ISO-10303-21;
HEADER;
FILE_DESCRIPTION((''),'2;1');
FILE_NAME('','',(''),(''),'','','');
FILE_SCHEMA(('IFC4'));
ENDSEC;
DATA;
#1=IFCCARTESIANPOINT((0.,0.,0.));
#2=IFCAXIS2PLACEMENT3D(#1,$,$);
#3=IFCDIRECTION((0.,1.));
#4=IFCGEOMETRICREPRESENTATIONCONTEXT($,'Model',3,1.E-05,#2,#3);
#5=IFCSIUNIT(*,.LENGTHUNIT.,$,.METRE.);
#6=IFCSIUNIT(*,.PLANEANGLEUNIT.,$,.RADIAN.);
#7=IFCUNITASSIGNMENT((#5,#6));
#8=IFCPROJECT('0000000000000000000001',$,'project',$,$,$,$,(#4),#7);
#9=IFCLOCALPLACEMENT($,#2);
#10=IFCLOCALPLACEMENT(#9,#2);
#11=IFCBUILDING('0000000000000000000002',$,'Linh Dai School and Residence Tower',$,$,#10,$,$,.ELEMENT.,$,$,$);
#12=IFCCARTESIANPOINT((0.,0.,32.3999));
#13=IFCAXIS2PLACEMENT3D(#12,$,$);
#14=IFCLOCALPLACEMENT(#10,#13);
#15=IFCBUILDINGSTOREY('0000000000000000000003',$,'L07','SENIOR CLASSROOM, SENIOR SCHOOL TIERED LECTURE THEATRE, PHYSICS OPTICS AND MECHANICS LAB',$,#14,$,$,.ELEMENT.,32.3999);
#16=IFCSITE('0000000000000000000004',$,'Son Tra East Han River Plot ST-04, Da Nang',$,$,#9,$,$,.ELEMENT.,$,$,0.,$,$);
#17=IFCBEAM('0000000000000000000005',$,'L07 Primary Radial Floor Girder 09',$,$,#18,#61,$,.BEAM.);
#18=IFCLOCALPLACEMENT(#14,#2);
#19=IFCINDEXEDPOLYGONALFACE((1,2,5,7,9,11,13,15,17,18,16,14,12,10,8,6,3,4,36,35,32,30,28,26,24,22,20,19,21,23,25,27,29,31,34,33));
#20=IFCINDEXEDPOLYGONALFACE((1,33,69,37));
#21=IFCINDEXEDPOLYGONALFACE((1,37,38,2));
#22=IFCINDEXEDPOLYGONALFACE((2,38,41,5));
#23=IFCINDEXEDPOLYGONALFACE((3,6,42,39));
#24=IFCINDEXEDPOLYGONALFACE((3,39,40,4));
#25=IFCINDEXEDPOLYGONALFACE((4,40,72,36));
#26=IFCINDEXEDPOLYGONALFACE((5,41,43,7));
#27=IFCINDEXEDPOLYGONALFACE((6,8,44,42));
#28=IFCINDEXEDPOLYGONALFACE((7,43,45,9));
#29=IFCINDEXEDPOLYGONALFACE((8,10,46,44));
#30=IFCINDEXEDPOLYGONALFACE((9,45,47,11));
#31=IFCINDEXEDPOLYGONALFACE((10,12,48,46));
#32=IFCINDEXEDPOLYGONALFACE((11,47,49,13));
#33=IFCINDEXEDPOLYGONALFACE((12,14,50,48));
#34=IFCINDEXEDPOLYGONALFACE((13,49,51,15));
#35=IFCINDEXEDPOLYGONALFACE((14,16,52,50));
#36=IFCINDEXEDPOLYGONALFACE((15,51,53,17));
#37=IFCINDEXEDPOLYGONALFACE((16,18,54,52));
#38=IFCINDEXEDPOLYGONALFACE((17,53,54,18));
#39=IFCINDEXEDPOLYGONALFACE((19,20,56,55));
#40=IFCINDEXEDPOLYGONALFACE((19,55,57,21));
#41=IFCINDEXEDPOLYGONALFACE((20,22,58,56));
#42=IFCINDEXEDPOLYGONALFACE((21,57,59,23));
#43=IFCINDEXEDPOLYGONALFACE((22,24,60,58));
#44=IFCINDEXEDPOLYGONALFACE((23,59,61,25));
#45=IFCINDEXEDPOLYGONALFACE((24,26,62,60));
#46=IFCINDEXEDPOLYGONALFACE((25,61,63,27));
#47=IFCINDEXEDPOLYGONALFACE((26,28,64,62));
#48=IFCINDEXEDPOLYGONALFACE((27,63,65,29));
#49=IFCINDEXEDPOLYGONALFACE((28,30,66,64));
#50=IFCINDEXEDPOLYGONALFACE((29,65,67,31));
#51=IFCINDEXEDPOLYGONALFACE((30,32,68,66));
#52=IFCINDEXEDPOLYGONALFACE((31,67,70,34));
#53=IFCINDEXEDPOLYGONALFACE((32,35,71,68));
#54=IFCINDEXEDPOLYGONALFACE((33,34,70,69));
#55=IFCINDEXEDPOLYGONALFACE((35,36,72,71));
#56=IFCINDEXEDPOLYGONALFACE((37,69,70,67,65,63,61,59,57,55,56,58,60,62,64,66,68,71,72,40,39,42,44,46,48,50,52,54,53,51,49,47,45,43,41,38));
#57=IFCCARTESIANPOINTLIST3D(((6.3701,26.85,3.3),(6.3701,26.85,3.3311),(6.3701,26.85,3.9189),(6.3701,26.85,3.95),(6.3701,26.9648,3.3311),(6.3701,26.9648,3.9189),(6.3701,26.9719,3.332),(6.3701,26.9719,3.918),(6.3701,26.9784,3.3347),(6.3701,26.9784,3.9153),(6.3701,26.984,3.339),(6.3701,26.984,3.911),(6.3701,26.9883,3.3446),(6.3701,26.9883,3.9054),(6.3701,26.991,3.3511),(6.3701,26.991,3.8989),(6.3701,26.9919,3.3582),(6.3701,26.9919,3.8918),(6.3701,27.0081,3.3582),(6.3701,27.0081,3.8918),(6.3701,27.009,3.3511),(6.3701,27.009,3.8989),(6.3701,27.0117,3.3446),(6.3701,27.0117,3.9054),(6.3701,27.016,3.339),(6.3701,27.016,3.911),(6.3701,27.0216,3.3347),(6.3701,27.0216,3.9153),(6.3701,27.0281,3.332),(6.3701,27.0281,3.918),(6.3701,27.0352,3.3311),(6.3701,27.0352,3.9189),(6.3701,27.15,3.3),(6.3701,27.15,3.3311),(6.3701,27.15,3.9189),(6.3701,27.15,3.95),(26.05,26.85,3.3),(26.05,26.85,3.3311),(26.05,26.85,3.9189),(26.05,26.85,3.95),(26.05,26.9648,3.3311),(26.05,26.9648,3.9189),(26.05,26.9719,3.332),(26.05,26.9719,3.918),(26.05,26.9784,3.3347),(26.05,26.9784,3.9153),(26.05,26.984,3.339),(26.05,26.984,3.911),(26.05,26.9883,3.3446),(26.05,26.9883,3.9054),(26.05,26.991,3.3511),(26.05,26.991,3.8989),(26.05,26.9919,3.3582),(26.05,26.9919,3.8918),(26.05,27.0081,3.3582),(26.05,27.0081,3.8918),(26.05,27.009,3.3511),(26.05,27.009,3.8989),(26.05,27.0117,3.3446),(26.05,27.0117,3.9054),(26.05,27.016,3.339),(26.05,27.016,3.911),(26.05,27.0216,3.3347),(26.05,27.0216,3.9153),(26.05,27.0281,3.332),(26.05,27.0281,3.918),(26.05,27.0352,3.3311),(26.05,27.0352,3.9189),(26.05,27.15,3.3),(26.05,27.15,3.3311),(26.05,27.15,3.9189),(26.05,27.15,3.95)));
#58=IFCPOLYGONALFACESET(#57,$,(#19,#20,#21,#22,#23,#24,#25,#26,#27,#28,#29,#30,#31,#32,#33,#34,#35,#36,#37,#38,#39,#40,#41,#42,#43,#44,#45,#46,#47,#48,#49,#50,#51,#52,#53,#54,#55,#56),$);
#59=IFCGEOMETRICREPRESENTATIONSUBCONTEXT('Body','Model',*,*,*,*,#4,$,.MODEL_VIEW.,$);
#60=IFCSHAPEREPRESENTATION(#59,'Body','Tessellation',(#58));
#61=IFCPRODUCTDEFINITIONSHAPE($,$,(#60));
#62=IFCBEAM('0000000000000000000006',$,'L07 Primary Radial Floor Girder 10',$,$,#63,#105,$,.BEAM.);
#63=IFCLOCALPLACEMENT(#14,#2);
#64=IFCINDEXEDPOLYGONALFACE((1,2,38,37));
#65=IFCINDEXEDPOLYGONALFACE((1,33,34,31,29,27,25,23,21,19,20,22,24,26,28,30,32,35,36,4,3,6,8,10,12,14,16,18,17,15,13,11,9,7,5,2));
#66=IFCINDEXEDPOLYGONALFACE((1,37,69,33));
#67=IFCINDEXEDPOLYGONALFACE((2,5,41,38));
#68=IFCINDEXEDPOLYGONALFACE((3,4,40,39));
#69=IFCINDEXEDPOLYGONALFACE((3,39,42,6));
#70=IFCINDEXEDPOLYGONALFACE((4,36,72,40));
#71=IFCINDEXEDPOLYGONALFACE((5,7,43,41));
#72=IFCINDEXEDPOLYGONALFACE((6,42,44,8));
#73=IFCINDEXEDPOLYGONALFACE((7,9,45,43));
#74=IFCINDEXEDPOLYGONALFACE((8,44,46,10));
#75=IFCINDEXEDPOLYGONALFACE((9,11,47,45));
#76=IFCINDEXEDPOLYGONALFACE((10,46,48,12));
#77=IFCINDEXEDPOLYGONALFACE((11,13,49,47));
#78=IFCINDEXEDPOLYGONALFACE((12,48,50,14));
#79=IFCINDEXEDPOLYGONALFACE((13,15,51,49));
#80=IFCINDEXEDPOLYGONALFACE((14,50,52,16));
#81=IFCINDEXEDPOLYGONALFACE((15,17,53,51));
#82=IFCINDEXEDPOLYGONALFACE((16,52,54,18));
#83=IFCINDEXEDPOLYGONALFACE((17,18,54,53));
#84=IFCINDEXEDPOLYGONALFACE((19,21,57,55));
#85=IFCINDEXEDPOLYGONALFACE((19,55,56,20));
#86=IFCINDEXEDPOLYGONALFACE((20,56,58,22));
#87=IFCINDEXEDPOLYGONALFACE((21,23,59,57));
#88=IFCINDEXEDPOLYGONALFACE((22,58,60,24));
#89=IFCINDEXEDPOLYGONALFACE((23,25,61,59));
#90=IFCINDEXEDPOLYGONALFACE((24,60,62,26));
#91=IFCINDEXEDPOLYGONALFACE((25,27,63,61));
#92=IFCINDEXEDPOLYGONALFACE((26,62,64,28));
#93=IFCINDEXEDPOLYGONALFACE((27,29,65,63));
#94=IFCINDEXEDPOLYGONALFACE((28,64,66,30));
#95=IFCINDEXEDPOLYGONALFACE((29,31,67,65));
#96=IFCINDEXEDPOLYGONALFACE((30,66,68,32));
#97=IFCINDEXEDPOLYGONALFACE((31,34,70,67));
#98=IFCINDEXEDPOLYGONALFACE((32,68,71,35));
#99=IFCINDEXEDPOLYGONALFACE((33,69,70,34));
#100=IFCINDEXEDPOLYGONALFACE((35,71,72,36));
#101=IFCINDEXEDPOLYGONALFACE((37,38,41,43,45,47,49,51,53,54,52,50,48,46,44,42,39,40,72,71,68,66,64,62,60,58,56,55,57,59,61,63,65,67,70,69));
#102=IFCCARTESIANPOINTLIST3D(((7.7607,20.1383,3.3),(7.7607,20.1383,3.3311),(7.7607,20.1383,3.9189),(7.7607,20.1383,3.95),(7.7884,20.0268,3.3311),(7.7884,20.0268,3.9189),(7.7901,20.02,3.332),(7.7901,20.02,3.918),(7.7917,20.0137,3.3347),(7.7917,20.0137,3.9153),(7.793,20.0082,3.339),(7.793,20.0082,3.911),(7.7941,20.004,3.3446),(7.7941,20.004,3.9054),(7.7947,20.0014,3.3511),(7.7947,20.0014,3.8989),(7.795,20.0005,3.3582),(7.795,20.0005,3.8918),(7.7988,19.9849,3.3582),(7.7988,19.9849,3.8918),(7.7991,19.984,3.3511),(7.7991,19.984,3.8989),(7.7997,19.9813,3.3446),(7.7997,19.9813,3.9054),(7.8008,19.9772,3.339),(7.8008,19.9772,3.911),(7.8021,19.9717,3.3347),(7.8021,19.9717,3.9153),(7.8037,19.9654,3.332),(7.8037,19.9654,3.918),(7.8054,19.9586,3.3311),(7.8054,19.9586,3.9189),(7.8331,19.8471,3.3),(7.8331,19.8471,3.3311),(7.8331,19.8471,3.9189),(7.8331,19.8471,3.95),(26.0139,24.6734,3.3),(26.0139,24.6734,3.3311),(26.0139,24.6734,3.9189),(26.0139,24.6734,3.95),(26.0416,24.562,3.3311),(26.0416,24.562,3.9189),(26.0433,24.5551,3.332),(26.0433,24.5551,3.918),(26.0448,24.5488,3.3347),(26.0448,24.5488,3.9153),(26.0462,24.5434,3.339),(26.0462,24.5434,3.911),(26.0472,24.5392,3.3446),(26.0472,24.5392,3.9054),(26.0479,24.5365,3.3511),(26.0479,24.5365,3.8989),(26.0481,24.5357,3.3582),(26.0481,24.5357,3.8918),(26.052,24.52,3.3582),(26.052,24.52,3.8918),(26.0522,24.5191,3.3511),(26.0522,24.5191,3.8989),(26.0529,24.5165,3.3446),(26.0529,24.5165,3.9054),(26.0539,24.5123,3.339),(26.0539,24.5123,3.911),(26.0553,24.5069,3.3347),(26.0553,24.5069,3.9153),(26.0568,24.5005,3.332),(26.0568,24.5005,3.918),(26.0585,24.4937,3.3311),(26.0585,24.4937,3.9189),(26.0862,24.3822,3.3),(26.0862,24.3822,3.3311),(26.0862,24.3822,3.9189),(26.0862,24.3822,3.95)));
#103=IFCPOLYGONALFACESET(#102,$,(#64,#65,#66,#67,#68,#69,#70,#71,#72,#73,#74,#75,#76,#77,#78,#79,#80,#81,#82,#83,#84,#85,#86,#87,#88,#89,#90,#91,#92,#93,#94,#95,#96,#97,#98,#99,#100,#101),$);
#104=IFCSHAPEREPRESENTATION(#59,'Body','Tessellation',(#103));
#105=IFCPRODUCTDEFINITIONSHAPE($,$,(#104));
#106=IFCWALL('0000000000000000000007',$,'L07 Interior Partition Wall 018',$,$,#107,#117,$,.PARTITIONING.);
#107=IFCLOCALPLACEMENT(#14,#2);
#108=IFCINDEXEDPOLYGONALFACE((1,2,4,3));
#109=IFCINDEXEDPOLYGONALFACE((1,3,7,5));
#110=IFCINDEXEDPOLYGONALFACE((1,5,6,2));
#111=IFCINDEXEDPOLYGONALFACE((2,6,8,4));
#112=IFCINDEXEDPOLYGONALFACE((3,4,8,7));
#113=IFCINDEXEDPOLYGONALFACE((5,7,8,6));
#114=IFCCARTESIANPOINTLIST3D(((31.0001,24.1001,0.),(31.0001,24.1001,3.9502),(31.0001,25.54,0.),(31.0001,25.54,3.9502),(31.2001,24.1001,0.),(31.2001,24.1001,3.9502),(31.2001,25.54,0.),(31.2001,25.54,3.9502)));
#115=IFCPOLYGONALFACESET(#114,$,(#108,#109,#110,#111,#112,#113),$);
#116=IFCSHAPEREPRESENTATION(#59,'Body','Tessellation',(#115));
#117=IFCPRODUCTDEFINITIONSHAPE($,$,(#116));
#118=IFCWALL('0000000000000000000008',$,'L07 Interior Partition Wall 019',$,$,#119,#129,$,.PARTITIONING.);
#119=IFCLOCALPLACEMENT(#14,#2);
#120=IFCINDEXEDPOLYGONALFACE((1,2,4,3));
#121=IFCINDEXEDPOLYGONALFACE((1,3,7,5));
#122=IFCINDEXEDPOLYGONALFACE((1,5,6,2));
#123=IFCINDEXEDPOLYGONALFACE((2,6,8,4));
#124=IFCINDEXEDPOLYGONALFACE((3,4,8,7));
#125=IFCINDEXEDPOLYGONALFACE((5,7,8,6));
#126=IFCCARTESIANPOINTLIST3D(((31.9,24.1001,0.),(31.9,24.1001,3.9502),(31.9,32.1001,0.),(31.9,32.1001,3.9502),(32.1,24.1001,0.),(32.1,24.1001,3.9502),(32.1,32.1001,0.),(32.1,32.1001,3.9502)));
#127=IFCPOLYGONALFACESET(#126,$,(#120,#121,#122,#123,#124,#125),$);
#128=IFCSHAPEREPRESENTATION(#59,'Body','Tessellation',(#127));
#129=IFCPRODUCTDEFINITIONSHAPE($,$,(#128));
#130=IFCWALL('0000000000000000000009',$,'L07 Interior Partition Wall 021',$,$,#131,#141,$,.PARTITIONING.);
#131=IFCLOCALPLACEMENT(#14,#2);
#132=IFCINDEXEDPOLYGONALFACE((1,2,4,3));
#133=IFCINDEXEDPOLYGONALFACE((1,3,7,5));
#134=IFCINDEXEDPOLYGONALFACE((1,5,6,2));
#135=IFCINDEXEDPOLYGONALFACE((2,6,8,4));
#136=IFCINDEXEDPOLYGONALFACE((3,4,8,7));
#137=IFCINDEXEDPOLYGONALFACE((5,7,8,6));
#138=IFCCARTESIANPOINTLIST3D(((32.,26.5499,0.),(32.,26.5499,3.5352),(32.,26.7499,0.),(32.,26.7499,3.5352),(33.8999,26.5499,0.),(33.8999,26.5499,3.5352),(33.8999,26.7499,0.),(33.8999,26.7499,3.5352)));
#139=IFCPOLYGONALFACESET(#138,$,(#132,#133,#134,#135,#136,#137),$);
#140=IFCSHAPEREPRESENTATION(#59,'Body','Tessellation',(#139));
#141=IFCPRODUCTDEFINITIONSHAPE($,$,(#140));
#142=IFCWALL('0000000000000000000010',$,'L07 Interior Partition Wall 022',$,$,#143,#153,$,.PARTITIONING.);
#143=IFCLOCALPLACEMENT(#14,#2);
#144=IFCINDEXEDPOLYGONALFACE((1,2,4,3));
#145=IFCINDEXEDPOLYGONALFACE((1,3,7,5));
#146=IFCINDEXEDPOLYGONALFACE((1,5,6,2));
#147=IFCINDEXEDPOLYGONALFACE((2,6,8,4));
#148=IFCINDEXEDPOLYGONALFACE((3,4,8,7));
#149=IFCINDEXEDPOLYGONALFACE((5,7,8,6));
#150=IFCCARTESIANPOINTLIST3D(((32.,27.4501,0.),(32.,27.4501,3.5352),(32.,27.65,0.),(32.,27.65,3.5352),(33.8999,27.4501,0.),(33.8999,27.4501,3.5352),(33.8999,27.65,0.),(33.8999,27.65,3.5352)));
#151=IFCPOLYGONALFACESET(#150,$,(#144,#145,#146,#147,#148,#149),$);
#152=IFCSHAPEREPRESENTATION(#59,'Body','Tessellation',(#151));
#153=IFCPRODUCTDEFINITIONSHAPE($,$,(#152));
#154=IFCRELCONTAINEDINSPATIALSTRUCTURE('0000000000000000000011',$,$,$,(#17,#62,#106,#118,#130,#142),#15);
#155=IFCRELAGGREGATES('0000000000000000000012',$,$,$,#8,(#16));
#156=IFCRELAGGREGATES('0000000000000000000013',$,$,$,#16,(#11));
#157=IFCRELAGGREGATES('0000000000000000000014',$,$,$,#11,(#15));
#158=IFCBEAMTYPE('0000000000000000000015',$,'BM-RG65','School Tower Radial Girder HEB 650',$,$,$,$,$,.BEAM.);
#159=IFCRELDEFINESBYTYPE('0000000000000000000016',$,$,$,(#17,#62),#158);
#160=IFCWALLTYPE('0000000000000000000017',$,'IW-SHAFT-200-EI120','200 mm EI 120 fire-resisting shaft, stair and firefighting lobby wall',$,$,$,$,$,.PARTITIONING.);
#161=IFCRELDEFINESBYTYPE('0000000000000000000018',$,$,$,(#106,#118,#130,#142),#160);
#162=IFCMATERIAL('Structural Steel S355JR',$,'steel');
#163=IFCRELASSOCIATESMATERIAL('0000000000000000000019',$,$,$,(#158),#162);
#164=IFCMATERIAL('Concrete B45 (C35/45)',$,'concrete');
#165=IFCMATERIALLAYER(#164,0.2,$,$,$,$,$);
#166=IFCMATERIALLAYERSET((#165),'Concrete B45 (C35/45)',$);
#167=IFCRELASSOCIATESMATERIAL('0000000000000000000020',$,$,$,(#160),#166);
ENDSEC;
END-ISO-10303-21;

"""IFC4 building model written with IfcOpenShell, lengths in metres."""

from ifc_helpers import new_model, si_unit, direction, frame, frame_2d, origin, origin_2d, place, context, subcontext, project, spatial, rectangle, i_section, extrude, material, layer, layer_set, material_profile, profile_set, type_object, element, save


model = new_model("IFC4")

# Units and contexts
model_context = context("Model", 3, precision=1e-05, world=origin(), true_north=direction((0.0, 1.0)))
body_context = subcontext(model_context, "Body", "Model", "MODEL_VIEW")
ifc_project = project(units=[si_unit("LENGTHUNIT", "METRE"), si_unit("PLANEANGLEUNIT", "RADIAN")], contexts=[model_context])

# Site, building, storey
site_placement = place(None, origin())
site = spatial("IfcSite", under=ifc_project, at=site_placement, Name="Son Tra East Han River Plot ST-04, Da Nang", CompositionType="ELEMENT", RefElevation=0.0)
building_placement = place(site_placement, origin())
building = spatial("IfcBuilding", under=site, at=building_placement, Name="Linh Dai School and Residence Tower", CompositionType="ELEMENT")
storey_placement = place(building_placement, frame((0.0, 0.0, 32.3999)))
storey = spatial("IfcBuildingStorey", under=building, at=storey_placement, Name="L07", Description="SENIOR CLASSROOM, SENIOR SCHOOL TIERED LECTURE THEATRE, PHYSICS OPTICS AND MECHANICS LAB", CompositionType="ELEMENT", Elevation=32.3999)

# Shared definitions
ifc_material_1 = material(Name="Structural Steel S355JR", Category="steel")

# Beams
ifc_material_profile_1 = material_profile(ifc_material_1, i_section(OverallWidth=0.3, OverallDepth=0.6499, WebThickness=0.0161, FlangeThickness=0.031, FilletRadius=0.0271, at=origin_2d()), Name="HEB 650")
ifc_profile_set_1 = profile_set([ifc_material_profile_1], Name="Structural Steel S355JR")
beam_type = type_object("IfcBeamType", Name="BM-RG65", Description="School Tower Radial Girder HEB 650", PredefinedType="BEAM", material=ifc_profile_set_1)
beam_1_placement = place(storey_placement, frame((26.05, 27.0, 3.625), z_axis=(-1.0, 0.0, 0.0), x_axis=(0.0, -1.0, 0.0)))
element("IfcBeam", 1, at=beam_1_placement, inside=storey, type_object=beam_type, Name="L07 Primary Radial Floor Girder 09", PredefinedType="BEAM", context=body_context, shape_type="SweptSolid", body=[
    extrude(i_section(OverallWidth=0.3, OverallDepth=0.6499, WebThickness=0.0161, FlangeThickness=0.031, FilletRadius=0.0271, at=origin_2d()), origin(), (0.0, 0.0, 1.0), 19.6799),
])
beam_2_placement = place(storey_placement, frame((26.05, 24.5278, 3.625), z_axis=(-0.970493, -0.241127, 0.0), x_axis=(0.241127, -0.970493, 0.0)))
element("IfcBeam", 2, at=beam_2_placement, inside=storey, type_object=beam_type, Name="L07 Primary Radial Floor Girder 10", PredefinedType="BEAM", context=body_context, shape_type="SweptSolid", body=[
    extrude(i_section(OverallWidth=0.3, OverallDepth=0.6499, WebThickness=0.0161, FlangeThickness=0.031, FilletRadius=0.0271, at=origin_2d()), origin(), (0.0, 0.0, 1.0), 18.8081),
])

# Shared definitions
ifc_material_2 = material(Name="Concrete B45 (C35/45)", Category="concrete")
ifc_layer_1 = layer(ifc_material_2, 0.2)
ifc_layer_set_1 = layer_set([ifc_layer_1], Name="Concrete B45 (C35/45)")
wall_type_1 = type_object("IfcWallType", Name="IW-SHAFT-200-EI120", Description="200 mm EI 120 fire-resisting shaft, stair and firefighting lobby wall", PredefinedType="PARTITIONING", material=ifc_layer_set_1)

# Walls
wall_1_placement = place(storey_placement, frame((31.1001, 24.1001, 0.0), z_axis=(0.0, 0.0, 1.0), x_axis=(0.0, 1.0, 0.0)))
element("IfcWall", 3, at=wall_1_placement, inside=storey, type_object=wall_type_1, Name="L07 Interior Partition Wall 018", PredefinedType="PARTITIONING", context=body_context, shape_type="SweptSolid", body=[
    extrude(rectangle(XDim=1.4399, YDim=0.2, at=frame_2d((0.72, 0.0))), origin(), (0.0, 0.0, 1.0), 3.9502),
])
wall_2_placement = place(storey_placement, frame((32.0, 24.1001, 0.0), z_axis=(0.0, 0.0, 1.0), x_axis=(0.0, 1.0, 0.0)))
element("IfcWall", 4, at=wall_2_placement, inside=storey, type_object=wall_type_1, Name="L07 Interior Partition Wall 019", PredefinedType="PARTITIONING", context=body_context, shape_type="SweptSolid", body=[
    extrude(rectangle(XDim=8.0, YDim=0.2, at=frame_2d((4.0, 0.0))), origin(), (0.0, 0.0, 1.0), 3.9502),
])

# Walls
for number, where, z_axis, x_axis, name in (
    (5, (32.0, 26.6499, 0.0), (0.0, 0.0, 1.0), (1.0, 0.0, 0.0), "L07 Interior Partition Wall 021"),
    (6, (32.0, 27.55, 0.0), (0.0, 0.0, 1.0), (1.0, 0.0, 0.0), "L07 Interior Partition Wall 022"),
):
    element("IfcWall", number, at=place(storey_placement, frame(where, z_axis=z_axis, x_axis=x_axis)), inside=storey, type_object=wall_type_1, Name=name, PredefinedType="PARTITIONING", context=body_context, shape_type="SweptSolid", body=[
        extrude(rectangle(XDim=1.8999, YDim=0.2, at=frame_2d((0.95, 0.0))), origin(), (0.0, 0.0, 1.0), 3.5352),
    ])

save(model, "model.ifc")
